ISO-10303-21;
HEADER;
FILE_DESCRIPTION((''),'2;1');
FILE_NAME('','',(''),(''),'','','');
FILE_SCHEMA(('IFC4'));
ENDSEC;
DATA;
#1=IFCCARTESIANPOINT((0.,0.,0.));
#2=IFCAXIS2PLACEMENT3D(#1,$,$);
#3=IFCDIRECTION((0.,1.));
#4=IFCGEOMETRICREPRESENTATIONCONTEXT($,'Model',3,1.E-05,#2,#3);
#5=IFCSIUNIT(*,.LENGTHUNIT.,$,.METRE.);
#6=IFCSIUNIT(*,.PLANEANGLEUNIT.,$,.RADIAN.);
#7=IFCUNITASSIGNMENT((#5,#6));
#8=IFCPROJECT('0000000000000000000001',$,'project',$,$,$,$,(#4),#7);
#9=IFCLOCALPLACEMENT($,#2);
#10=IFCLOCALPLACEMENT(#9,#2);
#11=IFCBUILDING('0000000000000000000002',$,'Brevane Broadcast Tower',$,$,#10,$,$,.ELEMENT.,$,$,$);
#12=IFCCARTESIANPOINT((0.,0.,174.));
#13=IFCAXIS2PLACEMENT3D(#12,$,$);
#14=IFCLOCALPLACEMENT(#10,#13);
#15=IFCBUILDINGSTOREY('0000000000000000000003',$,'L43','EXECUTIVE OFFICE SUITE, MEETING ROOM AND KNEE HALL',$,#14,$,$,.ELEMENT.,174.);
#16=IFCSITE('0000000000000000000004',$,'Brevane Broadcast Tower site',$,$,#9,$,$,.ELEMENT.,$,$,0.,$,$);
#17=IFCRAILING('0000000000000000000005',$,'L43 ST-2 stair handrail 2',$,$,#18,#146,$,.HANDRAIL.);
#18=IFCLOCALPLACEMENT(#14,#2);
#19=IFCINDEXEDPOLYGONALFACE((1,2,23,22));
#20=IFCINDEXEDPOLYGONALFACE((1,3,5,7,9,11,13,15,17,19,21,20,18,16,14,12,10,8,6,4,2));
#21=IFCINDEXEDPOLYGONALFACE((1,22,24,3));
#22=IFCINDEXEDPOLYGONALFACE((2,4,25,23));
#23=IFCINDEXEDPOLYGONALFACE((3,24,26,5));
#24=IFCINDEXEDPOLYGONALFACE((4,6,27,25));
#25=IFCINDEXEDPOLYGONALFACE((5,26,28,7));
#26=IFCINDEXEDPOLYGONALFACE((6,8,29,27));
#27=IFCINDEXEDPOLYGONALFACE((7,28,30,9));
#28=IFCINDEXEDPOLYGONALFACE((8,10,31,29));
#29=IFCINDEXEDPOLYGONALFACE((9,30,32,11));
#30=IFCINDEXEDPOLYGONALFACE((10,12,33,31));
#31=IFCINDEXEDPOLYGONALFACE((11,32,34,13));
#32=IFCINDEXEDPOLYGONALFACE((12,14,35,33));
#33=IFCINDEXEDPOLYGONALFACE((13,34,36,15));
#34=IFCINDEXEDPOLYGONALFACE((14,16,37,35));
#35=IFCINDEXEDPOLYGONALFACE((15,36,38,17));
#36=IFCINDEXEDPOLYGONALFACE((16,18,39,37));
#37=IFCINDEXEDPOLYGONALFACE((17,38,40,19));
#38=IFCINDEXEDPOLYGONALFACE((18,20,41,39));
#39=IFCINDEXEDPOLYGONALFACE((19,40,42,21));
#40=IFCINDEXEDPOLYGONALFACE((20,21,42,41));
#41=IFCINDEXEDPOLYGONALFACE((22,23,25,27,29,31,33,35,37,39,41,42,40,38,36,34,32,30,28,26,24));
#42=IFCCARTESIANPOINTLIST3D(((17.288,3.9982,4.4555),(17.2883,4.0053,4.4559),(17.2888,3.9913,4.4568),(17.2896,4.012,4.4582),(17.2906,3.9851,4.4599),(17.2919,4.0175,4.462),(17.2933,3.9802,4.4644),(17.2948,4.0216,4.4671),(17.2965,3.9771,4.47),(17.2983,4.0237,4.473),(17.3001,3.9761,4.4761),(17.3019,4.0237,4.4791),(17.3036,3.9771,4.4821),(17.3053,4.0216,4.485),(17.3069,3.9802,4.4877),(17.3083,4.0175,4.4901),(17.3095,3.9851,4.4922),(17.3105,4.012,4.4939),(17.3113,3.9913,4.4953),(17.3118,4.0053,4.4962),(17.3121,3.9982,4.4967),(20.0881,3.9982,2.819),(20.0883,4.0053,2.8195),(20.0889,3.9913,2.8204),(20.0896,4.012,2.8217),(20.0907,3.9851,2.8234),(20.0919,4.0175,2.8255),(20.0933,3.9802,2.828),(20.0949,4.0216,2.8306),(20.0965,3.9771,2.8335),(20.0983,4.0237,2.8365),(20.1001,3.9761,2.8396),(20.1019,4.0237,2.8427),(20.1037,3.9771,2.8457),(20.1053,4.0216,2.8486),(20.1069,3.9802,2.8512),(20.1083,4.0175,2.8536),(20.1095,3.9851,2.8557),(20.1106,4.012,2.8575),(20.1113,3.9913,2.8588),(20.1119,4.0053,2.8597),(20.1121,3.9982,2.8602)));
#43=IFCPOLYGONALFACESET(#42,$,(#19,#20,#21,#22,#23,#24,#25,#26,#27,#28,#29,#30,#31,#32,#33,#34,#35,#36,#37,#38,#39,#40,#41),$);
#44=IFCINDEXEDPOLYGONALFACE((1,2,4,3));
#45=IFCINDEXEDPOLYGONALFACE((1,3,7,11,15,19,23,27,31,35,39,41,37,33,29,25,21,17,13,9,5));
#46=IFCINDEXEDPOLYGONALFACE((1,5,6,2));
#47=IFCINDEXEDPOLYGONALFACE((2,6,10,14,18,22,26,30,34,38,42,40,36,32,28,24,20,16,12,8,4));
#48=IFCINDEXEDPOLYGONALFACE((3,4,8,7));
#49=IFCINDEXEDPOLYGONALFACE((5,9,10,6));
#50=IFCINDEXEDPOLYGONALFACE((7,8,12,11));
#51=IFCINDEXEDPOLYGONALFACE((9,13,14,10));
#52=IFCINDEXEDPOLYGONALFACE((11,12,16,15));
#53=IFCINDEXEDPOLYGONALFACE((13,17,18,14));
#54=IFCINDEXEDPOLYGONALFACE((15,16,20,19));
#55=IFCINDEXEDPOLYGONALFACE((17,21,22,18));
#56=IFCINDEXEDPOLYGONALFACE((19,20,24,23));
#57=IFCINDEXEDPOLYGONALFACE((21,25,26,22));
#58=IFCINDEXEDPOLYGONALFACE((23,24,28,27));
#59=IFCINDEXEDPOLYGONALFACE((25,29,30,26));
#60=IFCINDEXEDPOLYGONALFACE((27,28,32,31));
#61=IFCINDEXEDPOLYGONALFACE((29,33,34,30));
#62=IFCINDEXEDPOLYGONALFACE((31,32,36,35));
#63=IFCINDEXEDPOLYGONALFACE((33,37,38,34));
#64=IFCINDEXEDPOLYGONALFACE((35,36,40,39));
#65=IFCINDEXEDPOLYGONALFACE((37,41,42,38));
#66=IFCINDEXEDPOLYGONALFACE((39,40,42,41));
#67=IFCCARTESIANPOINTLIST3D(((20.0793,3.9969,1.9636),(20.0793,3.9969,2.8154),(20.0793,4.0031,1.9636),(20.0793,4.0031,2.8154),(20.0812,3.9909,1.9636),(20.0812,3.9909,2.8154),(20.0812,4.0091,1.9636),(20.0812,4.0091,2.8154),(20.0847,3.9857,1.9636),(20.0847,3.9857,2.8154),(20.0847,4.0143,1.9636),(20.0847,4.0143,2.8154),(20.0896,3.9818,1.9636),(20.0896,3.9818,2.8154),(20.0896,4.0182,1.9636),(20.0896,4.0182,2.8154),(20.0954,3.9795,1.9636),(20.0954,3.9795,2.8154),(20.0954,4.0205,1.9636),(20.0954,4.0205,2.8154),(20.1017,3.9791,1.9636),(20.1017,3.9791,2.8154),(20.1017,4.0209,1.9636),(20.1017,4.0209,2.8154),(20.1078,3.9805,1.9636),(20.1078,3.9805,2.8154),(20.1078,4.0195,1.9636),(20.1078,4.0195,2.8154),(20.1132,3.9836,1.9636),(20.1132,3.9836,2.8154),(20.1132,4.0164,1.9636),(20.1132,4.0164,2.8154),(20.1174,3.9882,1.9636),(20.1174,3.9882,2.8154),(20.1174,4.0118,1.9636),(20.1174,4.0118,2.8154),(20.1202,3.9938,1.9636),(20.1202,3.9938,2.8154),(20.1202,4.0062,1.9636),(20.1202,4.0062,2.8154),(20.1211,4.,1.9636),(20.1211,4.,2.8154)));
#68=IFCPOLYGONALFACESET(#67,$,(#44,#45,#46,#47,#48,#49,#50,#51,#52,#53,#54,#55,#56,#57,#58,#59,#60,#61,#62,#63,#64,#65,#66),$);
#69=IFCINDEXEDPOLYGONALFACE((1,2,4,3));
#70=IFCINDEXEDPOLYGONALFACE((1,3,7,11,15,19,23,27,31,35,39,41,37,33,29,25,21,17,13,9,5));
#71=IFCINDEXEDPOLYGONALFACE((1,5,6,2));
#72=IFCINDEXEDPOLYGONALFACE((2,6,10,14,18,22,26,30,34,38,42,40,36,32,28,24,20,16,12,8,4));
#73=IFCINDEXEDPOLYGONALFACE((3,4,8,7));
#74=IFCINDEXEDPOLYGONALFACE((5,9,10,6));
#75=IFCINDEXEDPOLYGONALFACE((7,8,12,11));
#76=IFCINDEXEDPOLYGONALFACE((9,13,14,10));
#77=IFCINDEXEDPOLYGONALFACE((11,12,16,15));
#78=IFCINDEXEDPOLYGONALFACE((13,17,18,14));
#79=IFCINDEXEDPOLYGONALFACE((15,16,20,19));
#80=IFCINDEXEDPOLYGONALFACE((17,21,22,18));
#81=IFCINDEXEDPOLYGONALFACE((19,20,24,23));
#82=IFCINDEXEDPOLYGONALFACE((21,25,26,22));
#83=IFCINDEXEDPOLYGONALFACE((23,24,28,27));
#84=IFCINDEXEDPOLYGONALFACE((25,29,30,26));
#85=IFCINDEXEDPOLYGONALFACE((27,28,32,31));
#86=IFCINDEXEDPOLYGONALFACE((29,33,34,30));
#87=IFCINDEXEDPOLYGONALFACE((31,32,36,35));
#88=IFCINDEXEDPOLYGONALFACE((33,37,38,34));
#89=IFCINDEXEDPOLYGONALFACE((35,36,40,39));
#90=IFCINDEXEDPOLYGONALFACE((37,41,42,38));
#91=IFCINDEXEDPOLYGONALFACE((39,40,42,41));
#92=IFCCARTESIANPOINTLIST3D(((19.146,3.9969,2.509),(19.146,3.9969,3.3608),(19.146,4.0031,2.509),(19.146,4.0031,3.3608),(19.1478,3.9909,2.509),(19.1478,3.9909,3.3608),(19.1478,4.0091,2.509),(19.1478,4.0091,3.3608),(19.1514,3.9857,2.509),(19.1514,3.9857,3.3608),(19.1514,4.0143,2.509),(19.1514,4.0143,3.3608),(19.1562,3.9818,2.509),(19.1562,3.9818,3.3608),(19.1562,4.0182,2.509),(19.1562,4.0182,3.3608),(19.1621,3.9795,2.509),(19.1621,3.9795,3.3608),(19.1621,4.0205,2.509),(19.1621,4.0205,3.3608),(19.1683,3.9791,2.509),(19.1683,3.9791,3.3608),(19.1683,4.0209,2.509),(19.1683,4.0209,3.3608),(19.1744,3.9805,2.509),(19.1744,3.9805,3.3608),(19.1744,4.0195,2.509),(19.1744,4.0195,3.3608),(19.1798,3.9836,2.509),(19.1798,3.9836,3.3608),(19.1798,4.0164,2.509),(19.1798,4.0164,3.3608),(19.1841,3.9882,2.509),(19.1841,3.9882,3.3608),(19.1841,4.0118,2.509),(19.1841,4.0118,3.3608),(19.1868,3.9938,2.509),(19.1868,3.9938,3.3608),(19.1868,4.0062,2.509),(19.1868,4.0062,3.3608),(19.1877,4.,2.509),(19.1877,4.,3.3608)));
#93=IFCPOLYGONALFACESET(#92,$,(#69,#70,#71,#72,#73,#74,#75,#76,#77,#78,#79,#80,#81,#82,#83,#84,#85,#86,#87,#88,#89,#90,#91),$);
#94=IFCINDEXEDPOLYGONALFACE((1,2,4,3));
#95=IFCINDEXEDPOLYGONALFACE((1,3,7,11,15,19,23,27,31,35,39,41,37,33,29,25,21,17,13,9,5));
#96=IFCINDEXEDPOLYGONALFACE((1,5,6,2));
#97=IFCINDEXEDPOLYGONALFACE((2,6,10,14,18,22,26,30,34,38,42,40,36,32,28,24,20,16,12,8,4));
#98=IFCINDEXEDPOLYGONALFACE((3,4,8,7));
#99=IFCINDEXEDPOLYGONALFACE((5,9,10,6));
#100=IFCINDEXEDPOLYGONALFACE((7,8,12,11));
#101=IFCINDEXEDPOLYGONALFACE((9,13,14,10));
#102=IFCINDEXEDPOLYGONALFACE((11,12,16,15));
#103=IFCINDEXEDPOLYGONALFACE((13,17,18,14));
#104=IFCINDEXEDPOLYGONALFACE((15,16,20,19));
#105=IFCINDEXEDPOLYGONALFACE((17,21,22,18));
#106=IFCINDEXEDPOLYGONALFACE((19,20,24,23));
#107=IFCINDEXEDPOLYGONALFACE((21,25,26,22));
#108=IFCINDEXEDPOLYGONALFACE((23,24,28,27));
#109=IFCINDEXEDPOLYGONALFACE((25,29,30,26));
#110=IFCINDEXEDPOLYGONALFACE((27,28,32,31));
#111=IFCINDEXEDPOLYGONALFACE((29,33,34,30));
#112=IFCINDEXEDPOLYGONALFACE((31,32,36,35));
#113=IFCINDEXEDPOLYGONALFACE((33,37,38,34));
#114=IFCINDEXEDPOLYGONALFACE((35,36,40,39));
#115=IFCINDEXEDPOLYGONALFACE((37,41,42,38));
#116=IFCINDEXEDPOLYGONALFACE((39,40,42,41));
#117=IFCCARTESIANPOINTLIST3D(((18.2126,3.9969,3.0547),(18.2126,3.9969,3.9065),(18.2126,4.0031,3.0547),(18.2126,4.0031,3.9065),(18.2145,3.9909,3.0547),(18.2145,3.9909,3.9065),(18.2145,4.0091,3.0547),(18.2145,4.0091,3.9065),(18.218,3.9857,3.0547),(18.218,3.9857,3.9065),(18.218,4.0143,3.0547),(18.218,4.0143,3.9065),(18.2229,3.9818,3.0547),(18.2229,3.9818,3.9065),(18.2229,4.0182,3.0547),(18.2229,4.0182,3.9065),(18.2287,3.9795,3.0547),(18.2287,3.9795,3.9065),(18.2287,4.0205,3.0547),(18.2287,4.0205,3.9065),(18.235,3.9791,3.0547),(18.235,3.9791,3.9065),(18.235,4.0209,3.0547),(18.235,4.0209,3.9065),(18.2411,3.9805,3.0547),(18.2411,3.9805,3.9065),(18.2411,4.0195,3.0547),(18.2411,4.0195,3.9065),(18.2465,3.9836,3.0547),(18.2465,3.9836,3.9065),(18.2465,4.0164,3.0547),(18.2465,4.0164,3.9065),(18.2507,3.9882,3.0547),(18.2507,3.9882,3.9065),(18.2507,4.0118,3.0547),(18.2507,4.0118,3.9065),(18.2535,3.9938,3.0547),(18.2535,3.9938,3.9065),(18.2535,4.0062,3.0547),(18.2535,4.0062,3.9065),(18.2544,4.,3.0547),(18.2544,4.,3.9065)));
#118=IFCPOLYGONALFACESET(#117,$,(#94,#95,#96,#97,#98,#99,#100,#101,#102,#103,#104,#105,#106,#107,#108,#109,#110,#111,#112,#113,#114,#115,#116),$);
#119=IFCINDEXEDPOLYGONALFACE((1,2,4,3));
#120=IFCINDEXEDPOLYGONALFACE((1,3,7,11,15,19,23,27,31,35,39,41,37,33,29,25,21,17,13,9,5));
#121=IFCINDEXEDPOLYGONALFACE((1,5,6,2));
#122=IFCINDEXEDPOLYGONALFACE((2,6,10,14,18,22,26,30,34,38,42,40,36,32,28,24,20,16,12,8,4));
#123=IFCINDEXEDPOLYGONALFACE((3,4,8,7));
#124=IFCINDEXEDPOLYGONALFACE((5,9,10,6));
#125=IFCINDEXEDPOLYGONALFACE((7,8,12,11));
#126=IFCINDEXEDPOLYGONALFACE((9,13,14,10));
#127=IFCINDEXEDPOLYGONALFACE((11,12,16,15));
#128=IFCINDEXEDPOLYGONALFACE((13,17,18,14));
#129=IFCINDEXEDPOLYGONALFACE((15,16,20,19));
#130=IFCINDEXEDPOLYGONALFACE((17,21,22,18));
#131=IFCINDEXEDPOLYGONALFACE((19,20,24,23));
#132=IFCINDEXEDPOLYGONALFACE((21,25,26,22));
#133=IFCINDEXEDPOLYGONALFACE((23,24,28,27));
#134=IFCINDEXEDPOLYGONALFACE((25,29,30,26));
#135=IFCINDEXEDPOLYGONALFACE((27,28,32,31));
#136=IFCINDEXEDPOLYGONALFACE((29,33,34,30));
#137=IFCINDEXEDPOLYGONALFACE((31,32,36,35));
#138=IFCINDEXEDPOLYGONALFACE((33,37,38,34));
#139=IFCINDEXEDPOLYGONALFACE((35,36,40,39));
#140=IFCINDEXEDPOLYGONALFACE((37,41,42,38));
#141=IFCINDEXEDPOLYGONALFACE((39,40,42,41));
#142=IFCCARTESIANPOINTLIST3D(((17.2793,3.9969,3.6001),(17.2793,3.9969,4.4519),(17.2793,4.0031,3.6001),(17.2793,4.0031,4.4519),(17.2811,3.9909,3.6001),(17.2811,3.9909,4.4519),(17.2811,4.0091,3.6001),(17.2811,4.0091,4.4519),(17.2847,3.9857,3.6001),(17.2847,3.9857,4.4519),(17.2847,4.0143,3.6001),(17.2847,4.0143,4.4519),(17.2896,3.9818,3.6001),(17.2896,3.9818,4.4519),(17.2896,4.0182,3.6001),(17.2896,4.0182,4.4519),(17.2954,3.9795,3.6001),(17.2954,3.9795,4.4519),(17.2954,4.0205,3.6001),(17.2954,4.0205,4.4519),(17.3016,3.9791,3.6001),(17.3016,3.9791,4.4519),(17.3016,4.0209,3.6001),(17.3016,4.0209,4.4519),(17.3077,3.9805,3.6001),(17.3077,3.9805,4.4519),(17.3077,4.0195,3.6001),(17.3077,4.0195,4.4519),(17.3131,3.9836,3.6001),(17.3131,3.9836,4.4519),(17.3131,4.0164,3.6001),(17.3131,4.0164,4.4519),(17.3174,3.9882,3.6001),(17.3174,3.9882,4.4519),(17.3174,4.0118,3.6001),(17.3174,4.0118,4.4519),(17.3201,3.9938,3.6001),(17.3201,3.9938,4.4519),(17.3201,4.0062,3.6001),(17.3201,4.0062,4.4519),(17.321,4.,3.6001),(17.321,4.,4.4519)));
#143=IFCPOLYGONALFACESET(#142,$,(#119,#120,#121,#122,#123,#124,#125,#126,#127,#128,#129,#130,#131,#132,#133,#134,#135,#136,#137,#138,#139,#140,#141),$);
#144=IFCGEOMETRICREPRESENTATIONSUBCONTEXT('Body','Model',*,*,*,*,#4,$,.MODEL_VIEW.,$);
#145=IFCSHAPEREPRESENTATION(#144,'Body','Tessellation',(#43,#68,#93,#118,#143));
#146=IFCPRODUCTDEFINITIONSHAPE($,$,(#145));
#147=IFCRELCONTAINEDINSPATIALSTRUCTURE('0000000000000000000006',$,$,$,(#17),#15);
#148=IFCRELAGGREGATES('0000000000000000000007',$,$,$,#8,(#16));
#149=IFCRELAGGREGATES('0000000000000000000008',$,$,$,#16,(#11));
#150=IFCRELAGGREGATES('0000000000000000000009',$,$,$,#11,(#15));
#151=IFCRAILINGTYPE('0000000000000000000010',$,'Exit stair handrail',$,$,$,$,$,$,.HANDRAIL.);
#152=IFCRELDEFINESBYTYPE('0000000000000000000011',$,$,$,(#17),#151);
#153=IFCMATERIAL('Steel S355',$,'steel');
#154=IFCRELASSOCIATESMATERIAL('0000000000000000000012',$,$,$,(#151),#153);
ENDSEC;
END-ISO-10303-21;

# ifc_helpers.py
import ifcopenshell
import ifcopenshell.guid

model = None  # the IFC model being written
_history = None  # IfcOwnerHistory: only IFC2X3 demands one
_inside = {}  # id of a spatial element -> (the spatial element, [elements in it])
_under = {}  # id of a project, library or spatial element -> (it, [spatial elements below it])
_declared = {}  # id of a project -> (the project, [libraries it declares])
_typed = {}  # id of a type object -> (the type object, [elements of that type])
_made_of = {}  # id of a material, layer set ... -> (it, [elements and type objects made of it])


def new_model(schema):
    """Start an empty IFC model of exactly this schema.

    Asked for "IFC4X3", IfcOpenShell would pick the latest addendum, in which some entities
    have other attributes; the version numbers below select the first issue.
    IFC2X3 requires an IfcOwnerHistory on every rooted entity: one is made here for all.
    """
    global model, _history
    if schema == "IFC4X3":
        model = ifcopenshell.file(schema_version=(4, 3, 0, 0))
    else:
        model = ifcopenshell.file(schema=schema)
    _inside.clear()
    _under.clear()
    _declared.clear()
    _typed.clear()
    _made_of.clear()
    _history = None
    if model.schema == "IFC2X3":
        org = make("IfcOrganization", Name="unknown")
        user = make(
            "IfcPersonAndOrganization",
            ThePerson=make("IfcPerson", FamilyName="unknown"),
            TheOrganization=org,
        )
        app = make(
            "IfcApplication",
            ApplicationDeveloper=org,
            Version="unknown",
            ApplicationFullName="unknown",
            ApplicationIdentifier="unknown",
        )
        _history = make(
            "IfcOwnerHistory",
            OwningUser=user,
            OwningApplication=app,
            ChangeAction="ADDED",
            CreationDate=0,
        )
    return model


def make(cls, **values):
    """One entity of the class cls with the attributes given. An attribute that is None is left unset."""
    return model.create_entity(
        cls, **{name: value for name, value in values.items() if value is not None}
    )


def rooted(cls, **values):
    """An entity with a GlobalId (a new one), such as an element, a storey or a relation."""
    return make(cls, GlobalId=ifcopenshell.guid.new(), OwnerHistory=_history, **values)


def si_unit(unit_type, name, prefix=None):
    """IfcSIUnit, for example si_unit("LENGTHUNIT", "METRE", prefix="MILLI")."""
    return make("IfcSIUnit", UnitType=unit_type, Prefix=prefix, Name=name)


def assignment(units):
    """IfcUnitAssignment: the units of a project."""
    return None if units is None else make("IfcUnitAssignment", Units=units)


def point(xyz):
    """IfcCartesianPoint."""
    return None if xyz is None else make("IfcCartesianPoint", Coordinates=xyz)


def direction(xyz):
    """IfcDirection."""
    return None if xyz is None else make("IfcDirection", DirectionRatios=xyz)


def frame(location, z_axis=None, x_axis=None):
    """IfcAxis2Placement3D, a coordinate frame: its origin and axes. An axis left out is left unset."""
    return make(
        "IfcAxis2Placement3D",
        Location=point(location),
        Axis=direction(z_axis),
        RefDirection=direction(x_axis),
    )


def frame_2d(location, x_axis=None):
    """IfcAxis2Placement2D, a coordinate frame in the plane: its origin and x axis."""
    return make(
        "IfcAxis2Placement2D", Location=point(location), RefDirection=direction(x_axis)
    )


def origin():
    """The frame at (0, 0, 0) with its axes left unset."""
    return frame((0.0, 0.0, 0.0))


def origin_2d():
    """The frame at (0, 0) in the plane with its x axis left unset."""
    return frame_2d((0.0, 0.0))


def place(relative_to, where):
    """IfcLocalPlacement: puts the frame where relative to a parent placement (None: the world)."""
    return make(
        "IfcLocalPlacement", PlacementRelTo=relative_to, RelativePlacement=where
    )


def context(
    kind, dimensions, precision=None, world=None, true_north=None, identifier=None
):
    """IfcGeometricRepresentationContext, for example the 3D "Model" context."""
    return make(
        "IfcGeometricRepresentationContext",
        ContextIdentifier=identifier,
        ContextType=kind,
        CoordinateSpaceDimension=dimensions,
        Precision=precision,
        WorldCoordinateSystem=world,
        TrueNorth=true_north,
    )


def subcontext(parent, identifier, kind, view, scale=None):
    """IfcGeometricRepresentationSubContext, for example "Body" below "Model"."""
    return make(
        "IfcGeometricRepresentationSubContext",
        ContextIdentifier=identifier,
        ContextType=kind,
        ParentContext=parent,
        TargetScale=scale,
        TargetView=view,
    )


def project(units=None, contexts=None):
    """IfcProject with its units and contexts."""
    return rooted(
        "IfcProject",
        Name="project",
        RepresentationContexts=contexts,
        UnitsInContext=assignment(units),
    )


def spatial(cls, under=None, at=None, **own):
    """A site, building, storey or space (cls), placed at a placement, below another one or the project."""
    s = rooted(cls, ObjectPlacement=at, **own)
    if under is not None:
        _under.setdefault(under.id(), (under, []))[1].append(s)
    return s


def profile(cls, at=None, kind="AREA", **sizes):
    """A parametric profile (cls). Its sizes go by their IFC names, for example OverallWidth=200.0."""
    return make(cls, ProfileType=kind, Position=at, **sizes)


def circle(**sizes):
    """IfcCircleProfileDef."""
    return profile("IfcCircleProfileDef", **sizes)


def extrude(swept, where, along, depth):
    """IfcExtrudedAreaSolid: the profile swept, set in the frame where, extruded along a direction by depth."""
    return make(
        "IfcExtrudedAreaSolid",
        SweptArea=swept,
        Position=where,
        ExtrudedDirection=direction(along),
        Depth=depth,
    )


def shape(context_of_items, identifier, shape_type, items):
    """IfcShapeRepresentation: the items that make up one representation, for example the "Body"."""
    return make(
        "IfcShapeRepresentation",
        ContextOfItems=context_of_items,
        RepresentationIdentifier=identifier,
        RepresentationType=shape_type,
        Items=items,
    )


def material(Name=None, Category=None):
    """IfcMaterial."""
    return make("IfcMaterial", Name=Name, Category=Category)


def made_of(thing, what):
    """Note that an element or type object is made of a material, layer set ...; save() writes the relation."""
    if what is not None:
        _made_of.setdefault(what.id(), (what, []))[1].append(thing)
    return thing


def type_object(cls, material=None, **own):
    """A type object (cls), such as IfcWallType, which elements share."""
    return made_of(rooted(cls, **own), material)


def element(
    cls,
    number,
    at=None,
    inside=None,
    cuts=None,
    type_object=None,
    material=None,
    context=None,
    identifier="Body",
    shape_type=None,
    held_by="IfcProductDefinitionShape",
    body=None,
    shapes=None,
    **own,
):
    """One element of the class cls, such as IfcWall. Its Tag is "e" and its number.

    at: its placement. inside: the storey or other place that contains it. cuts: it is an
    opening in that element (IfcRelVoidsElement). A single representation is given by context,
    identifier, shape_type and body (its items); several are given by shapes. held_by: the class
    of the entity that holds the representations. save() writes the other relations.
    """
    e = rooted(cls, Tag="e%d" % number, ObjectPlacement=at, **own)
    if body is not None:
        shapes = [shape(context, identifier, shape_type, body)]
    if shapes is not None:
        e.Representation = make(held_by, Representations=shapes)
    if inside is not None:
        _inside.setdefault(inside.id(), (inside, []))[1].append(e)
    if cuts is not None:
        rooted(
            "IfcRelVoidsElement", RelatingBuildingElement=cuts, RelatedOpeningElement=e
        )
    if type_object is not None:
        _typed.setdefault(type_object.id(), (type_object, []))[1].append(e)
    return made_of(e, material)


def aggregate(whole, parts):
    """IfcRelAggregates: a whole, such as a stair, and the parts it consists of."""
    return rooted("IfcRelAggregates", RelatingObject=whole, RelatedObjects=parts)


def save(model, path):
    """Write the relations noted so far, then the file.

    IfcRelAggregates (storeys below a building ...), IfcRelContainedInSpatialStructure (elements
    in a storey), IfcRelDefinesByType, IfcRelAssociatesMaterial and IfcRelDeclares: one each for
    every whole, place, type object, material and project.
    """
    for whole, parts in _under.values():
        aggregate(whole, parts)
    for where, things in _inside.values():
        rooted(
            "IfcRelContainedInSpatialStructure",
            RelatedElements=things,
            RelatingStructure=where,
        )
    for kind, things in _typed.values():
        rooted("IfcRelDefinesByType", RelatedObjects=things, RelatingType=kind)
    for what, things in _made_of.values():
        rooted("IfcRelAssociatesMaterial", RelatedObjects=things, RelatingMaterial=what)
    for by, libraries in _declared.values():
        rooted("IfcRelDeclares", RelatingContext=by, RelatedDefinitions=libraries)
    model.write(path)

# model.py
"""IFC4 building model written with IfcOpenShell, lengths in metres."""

from ifc_helpers import new_model, si_unit, direction, frame, origin, origin_2d, place, context, subcontext, project, spatial, circle, extrude, material, type_object, element, save


model = new_model("IFC4")

# Units and contexts
model_context = context("Model", 3, precision=1e-05, world=origin(), true_north=direction((0.0, 1.0)))
body_context = subcontext(model_context, "Body", "Model", "MODEL_VIEW")
ifc_project = project(units=[si_unit("LENGTHUNIT", "METRE"), si_unit("PLANEANGLEUNIT", "RADIAN")], contexts=[model_context])

# Site, building, storey
site_placement = place(None, origin())
site = spatial("IfcSite", under=ifc_project, at=site_placement, Name="Brevane Broadcast Tower site", CompositionType="ELEMENT", RefElevation=0.0)
building_placement = place(site_placement, origin())
building = spatial("IfcBuilding", under=site, at=building_placement, Name="Brevane Broadcast Tower", CompositionType="ELEMENT")
storey_placement = place(building_placement, frame((0.0, 0.0, 174.0)))
storey = spatial("IfcBuildingStorey", under=building, at=storey_placement, Name="L43", Description="EXECUTIVE OFFICE SUITE, MEETING ROOM AND KNEE HALL", CompositionType="ELEMENT", Elevation=174.0)

# Railing
ifc_material_1 = material(Name="Steel S355", Category="steel")
railing_type_1 = type_object("IfcRailingType", Name="Exit stair handrail", PredefinedType="HANDRAIL", material=ifc_material_1)
railing_1_placement = place(storey_placement, frame((20.1001, 4.0, 1.9636)))
element("IfcRailing", 1, at=railing_1_placement, inside=storey, type_object=railing_type_1, Name="L43 ST-2 stair handrail 2", PredefinedType="HANDRAIL", context=body_context, shape_type="SweptSolid", body=[
    extrude(circle(Radius=0.0239, at=origin_2d()), frame((0.0, 0.0, 0.876), z_axis=(-0.863361, 0.0, 0.504587), x_axis=(0.0, -1.0, 0.0)), (0.0, 0.0, 1.0), 3.2432),
    extrude(circle(Radius=0.021, at=origin_2d()), origin(), (0.0, 0.0, 1.0), 0.8518),
    extrude(circle(Radius=0.021, at=origin_2d()), frame((-0.9333, 0.0, 0.5454)), (0.0, 0.0, 1.0), 0.8518),
    extrude(circle(Radius=0.021, at=origin_2d()), frame((-1.8667, 0.0, 1.0911)), (0.0, 0.0, 1.0), 0.8518),
    extrude(circle(Radius=0.021, at=origin_2d()), frame((-2.8, 0.0, 1.6365)), (0.0, 0.0, 1.0), 0.8518),
])

save(model, "model.ifc")
